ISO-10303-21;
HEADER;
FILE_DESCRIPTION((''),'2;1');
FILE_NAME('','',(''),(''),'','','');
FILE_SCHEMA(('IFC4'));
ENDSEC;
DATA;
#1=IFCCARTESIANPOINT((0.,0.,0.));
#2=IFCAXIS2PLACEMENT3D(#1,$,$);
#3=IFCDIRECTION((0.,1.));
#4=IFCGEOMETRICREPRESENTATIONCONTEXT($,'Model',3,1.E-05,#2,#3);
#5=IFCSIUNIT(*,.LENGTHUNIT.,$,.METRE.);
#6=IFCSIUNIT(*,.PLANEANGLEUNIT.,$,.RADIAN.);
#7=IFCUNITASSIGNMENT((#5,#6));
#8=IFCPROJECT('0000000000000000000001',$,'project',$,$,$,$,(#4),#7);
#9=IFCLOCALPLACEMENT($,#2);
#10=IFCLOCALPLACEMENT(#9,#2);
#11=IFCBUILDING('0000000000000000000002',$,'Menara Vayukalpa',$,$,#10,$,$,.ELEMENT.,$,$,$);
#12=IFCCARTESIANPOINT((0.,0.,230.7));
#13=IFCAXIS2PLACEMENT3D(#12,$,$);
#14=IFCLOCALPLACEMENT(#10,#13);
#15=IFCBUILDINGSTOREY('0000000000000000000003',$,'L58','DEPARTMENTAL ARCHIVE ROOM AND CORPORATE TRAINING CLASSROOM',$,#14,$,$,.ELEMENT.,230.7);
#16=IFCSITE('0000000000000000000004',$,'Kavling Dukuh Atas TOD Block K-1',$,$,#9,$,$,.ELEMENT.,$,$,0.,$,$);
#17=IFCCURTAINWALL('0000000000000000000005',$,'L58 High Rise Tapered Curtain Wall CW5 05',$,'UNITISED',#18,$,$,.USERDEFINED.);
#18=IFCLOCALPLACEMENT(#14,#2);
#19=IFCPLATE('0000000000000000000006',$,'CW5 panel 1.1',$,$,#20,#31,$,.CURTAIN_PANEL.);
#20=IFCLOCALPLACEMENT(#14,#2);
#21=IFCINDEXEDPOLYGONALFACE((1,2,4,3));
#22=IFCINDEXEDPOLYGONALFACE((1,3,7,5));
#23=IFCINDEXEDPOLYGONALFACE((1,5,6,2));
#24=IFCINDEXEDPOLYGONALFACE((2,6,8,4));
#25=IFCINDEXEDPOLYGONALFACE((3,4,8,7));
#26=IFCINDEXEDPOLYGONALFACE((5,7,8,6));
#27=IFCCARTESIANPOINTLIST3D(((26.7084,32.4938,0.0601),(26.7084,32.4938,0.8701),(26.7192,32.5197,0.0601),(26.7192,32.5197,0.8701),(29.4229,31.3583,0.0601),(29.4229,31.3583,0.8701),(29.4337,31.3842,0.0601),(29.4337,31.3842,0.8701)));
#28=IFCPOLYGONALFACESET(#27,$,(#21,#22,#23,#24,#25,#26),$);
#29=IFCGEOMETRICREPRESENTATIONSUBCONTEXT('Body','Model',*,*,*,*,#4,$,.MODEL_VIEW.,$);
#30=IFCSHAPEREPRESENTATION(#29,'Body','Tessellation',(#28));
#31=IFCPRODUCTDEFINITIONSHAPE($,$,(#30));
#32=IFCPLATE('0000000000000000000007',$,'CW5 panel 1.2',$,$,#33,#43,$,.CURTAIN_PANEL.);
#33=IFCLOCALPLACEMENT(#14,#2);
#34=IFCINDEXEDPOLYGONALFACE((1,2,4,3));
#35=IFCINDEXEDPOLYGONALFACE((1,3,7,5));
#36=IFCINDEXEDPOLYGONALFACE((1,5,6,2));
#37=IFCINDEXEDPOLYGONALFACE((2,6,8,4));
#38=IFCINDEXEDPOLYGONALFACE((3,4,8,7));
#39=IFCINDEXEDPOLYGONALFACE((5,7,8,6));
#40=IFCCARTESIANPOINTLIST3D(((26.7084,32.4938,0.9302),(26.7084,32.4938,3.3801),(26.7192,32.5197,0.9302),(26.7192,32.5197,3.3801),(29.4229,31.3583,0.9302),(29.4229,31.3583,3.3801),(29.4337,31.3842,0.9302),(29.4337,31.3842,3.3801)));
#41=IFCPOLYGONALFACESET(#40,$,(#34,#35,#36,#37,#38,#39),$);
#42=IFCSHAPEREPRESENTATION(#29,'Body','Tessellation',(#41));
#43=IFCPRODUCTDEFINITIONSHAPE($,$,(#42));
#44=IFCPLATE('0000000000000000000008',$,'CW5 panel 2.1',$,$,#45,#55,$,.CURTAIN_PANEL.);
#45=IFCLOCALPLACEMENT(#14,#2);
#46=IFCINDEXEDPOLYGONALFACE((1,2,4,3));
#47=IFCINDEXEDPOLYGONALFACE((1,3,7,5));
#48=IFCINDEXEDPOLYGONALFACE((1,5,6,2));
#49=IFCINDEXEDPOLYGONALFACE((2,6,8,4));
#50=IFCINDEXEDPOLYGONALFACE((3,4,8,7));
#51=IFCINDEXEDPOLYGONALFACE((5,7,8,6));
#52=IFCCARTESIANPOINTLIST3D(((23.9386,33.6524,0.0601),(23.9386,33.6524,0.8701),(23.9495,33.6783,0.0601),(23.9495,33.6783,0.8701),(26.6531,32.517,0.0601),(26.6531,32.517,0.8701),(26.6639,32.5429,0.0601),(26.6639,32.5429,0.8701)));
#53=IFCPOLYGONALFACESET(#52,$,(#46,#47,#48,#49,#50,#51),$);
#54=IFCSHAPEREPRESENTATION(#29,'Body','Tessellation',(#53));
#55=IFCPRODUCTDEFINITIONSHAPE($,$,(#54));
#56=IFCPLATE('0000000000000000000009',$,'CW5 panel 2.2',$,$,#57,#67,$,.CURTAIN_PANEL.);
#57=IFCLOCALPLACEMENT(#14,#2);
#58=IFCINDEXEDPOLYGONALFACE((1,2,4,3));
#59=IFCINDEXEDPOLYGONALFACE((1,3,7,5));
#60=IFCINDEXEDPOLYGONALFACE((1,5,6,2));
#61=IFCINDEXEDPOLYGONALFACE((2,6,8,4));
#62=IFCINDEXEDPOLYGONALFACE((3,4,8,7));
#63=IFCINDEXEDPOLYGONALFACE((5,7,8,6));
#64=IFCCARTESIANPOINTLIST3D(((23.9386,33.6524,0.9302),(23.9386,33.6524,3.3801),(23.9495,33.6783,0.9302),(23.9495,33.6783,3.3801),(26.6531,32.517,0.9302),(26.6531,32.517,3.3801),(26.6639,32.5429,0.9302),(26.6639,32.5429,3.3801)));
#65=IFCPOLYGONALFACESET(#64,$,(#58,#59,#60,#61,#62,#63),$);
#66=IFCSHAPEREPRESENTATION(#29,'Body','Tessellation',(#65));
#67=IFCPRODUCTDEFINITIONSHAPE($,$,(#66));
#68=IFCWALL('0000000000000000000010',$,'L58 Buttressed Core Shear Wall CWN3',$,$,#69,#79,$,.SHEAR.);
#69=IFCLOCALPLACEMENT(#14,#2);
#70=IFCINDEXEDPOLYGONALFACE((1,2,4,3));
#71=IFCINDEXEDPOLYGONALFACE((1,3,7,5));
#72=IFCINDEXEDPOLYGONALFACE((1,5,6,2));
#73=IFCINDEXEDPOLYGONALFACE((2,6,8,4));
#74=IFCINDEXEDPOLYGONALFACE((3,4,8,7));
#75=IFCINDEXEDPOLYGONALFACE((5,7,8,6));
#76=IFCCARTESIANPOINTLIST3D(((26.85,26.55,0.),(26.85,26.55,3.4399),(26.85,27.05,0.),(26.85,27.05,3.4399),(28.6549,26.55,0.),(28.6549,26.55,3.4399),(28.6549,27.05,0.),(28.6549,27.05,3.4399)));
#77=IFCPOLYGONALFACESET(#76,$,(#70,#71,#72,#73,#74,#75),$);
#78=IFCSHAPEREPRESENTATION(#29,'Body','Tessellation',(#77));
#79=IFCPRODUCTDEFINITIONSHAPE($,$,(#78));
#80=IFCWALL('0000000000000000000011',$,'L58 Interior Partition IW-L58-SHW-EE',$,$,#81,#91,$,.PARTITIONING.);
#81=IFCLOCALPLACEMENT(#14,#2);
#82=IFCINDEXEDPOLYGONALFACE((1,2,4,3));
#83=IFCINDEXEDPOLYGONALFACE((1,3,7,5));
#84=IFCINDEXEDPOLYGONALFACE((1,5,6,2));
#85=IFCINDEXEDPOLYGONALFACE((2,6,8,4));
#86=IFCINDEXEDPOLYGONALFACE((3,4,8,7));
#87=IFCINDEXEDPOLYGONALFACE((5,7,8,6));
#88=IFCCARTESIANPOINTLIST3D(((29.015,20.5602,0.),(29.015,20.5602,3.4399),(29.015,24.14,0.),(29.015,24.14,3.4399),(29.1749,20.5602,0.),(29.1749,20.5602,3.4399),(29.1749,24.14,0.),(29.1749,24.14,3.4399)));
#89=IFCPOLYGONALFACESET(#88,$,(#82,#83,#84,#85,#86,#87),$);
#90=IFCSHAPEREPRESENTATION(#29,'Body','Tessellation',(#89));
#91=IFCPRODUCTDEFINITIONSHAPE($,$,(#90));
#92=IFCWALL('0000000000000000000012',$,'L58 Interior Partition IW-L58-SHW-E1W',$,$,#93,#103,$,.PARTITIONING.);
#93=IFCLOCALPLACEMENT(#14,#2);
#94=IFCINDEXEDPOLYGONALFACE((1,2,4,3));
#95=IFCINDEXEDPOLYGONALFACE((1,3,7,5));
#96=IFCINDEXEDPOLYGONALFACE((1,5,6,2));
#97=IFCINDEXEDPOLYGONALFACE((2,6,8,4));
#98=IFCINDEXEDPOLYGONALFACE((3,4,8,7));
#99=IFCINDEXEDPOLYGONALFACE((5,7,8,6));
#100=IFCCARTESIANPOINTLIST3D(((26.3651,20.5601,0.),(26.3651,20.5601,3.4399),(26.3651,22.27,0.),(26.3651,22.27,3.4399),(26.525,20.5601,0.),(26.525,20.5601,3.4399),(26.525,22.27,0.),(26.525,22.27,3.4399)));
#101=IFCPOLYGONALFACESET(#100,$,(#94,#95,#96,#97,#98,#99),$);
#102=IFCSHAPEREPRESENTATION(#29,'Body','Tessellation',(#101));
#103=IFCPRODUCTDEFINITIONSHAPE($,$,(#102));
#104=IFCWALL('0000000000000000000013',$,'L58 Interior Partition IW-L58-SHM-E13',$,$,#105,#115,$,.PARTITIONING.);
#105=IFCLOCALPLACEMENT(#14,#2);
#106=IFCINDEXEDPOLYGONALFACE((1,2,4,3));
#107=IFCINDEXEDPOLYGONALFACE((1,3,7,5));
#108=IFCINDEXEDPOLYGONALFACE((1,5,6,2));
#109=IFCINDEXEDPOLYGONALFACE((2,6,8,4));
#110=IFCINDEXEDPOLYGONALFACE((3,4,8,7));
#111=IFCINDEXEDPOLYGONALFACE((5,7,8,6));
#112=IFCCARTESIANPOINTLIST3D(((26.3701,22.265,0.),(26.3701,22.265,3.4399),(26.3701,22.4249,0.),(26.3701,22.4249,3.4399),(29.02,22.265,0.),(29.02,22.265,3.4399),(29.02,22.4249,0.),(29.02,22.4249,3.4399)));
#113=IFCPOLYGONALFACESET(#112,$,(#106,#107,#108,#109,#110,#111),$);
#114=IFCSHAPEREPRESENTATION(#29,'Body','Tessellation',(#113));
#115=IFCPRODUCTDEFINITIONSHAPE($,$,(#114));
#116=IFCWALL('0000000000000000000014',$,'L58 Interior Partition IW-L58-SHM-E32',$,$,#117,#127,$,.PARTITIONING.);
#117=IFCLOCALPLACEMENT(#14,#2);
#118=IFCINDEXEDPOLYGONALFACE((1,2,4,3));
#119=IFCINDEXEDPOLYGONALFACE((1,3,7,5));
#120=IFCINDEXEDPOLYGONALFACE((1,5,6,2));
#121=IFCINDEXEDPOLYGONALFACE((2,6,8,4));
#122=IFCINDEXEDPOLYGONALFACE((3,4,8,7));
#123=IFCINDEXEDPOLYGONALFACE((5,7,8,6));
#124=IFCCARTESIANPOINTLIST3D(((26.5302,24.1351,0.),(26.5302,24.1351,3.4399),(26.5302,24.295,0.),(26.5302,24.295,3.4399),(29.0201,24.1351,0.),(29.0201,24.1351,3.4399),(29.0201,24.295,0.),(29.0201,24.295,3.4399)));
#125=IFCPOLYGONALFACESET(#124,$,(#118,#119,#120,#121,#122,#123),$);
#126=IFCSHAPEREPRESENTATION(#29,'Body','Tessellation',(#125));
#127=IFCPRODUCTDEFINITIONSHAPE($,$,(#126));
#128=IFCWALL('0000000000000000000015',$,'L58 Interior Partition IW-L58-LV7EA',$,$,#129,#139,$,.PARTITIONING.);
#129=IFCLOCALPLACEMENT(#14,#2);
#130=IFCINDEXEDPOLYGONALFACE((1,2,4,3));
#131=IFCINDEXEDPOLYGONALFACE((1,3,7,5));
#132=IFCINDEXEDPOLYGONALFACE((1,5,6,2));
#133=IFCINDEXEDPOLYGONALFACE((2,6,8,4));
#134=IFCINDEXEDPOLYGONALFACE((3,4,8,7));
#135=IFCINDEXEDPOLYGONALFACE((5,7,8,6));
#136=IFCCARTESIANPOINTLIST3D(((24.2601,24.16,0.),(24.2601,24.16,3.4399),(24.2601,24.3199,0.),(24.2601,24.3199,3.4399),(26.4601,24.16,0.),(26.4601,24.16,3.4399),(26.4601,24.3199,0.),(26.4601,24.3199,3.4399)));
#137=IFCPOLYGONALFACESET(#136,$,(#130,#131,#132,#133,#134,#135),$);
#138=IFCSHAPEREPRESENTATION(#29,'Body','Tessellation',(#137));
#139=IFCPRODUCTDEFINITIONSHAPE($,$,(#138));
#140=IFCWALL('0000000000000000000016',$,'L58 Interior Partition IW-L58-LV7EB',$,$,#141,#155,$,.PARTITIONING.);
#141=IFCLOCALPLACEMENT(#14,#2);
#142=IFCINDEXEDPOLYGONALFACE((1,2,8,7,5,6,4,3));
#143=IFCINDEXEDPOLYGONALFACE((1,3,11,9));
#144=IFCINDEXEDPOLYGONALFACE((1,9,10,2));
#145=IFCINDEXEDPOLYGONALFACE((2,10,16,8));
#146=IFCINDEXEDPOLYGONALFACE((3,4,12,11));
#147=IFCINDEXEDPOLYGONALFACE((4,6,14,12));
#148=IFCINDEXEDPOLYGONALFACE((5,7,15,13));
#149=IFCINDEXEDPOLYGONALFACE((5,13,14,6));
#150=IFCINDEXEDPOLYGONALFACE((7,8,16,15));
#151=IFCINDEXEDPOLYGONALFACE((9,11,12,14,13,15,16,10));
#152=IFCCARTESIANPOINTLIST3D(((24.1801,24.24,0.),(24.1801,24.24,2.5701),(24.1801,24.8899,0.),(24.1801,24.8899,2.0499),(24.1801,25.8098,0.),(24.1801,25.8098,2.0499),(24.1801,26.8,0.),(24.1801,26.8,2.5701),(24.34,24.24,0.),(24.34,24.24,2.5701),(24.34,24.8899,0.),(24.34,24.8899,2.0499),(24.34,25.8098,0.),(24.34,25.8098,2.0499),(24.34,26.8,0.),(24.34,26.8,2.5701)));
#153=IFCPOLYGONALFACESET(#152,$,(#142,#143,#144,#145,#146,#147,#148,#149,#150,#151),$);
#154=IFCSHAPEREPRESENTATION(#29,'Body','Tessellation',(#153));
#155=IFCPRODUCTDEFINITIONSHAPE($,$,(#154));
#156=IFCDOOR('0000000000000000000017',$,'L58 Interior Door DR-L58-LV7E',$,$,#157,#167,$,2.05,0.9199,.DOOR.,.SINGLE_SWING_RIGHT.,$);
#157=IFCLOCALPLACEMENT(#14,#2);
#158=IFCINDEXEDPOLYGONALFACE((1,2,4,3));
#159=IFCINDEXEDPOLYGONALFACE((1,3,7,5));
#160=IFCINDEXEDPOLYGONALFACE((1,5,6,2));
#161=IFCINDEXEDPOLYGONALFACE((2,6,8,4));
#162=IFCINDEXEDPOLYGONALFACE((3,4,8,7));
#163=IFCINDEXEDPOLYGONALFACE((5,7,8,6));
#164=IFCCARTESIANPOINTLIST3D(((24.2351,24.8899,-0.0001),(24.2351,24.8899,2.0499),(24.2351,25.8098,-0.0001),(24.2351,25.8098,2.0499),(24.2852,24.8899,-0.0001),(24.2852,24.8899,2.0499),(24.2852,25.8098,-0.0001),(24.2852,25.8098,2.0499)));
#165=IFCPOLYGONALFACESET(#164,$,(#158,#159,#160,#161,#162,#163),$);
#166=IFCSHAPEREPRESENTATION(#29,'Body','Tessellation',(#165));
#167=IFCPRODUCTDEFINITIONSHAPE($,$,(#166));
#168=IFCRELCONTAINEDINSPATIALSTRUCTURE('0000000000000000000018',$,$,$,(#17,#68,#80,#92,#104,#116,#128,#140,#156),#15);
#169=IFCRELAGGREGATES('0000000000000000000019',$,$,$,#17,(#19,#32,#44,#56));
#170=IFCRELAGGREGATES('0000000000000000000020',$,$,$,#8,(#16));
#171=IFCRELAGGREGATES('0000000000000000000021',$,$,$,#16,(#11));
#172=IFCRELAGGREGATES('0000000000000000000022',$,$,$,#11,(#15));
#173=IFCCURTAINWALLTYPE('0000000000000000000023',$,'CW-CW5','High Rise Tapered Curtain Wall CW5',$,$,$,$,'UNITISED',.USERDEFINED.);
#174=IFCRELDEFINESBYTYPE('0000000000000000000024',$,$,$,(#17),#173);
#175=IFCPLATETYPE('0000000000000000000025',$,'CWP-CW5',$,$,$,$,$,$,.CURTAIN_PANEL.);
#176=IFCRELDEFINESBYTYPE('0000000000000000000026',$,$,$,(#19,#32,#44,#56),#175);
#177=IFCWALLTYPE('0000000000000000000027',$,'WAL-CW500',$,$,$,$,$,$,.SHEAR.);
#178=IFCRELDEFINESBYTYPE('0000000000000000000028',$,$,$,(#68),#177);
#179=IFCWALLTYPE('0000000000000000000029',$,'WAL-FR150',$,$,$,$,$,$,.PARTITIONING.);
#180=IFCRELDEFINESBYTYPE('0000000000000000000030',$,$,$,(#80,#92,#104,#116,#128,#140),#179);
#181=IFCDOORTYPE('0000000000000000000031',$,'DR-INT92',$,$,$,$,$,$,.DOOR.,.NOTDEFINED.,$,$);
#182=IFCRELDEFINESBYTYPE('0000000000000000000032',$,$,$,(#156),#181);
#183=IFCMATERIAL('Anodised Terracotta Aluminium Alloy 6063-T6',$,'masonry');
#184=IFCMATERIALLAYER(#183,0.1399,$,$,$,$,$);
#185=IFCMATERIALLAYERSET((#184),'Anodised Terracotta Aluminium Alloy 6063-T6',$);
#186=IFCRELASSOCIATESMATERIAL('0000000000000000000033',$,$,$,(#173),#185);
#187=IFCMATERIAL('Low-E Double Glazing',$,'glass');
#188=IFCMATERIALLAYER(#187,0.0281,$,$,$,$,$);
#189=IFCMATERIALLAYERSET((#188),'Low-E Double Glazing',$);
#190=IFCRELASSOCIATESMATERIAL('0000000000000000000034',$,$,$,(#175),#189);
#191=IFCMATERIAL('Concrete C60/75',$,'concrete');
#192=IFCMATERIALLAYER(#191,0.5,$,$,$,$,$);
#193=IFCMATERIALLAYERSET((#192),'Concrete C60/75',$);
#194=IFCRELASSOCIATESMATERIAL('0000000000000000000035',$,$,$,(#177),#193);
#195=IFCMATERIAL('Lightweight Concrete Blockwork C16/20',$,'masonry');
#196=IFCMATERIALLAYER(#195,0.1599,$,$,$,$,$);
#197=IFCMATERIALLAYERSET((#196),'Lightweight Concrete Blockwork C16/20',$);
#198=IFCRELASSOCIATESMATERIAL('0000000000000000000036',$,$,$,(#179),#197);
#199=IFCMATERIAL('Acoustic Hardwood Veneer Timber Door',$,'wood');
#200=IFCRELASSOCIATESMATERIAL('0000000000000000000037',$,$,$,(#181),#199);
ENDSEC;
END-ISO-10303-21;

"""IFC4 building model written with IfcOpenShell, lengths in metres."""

from ifc_helpers import new_model, si_unit, direction, frame, frame_2d, origin, origin_2d, place, context, subcontext, project, spatial, rectangle, extrude, material, layer, layer_set, type_object, element, fill, aggregate, save


model = new_model("IFC4")

# Units and contexts
model_context = context("Model", 3, precision=1e-05, world=origin(), true_north=direction((0.0, 1.0)))
body_context = subcontext(model_context, "Body", "Model", "MODEL_VIEW")
ifc_project = project(units=[si_unit("LENGTHUNIT", "METRE"), si_unit("PLANEANGLEUNIT", "RADIAN")], contexts=[model_context])

# Site, building, storey
site_placement = place(None, origin())
site = spatial("IfcSite", under=ifc_project, at=site_placement, Name="Kavling Dukuh Atas TOD Block K-1", CompositionType="ELEMENT", RefElevation=0.0)
building_placement = place(site_placement, origin())
building = spatial("IfcBuilding", under=site, at=building_placement, Name="Menara Vayukalpa", CompositionType="ELEMENT")
storey_placement = place(building_placement, frame((0.0, 0.0, 230.7)))
storey = spatial("IfcBuildingStorey", under=building, at=storey_placement, Name="L58", Description="DEPARTMENTAL ARCHIVE ROOM AND CORPORATE TRAINING CLASSROOM", CompositionType="ELEMENT", Elevation=230.7)

# Shared definitions
ifc_material_1 = material(Name="Anodised Terracotta Aluminium Alloy 6063-T6", Category="masonry")
ifc_layer_1 = layer(ifc_material_1, 0.1399)
ifc_layer_set_1 = layer_set([ifc_layer_1], Name="Anodised Terracotta Aluminium Alloy 6063-T6")
curtain_wall_type = type_object("IfcCurtainWallType", Name="CW-CW5", Description="High Rise Tapered Curtain Wall CW5", ElementType="UNITISED", PredefinedType="USERDEFINED", material=ifc_layer_set_1)

# Curtain wall, plates
curtain_wall_1_placement = place(storey_placement, origin())
curtain_wall_1 = element("IfcCurtainWall", 1, at=curtain_wall_1_placement, inside=storey, type_object=curtain_wall_type, Name="L58 High Rise Tapered Curtain Wall CW5 05", ObjectType="UNITISED", PredefinedType="USERDEFINED")
ifc_material_2 = material(Name="Low-E Double Glazing", Category="glass")
ifc_layer_2 = layer(ifc_material_2, 0.0281)
ifc_layer_set_2 = layer_set([ifc_layer_2], Name="Low-E Double Glazing")
plate_type = type_object("IfcPlateType", Name="CWP-CW5", PredefinedType="CURTAIN_PANEL", material=ifc_layer_set_2)
plate_1_placement = place(storey_placement, frame((28.071, 31.939, 0.0601), z_axis=(0.0, 0.0, 1.0), x_axis=(-0.922539, 0.385903, 0.0)))
plate_1 = element("IfcPlate", 2, at=plate_1_placement, type_object=plate_type, Name="CW5 panel 1.1", PredefinedType="CURTAIN_PANEL", context=body_context, shape_type="SweptSolid", body=[
    extrude(rectangle(XDim=2.9424, YDim=0.0281, at=origin_2d()), origin(), (0.0, 0.0, 1.0), 0.8101),
])
plate_2_placement = place(storey_placement, frame((28.071, 31.939, 0.9302), z_axis=(0.0, 0.0, 1.0), x_axis=(-0.922539, 0.385903, 0.0)))
plate_2 = element("IfcPlate", 3, at=plate_2_placement, type_object=plate_type, Name="CW5 panel 1.2", PredefinedType="CURTAIN_PANEL", context=body_context, shape_type="SweptSolid", body=[
    extrude(rectangle(XDim=2.9424, YDim=0.0281, at=origin_2d()), origin(), (0.0, 0.0, 1.0), 2.45),
])
plate_3_placement = place(storey_placement, frame((25.3013, 33.0977, 0.0601), z_axis=(0.0, 0.0, 1.0), x_axis=(-0.922539, 0.385903, 0.0)))
plate_3 = element("IfcPlate", 4, at=plate_3_placement, type_object=plate_type, Name="CW5 panel 2.1", PredefinedType="CURTAIN_PANEL", context=body_context, shape_type="SweptSolid", body=[
    extrude(rectangle(XDim=2.9424, YDim=0.0281, at=origin_2d()), origin(), (0.0, 0.0, 1.0), 0.8101),
])
plate_4_placement = place(storey_placement, frame((25.3013, 33.0977, 0.9302), z_axis=(0.0, 0.0, 1.0), x_axis=(-0.922539, 0.385903, 0.0)))
plate_4 = element("IfcPlate", 5, at=plate_4_placement, type_object=plate_type, Name="CW5 panel 2.2", PredefinedType="CURTAIN_PANEL", context=body_context, shape_type="SweptSolid", body=[
    extrude(rectangle(XDim=2.9424, YDim=0.0281, at=origin_2d()), origin(), (0.0, 0.0, 1.0), 2.45),
])
aggregate(curtain_wall_1, [plate_1, plate_2, plate_3, plate_4])

# Walls
ifc_material_3 = material(Name="Concrete C60/75", Category="concrete")
ifc_layer_3 = layer(ifc_material_3, 0.5)
ifc_layer_set_3 = layer_set([ifc_layer_3], Name="Concrete C60/75")
wall_type_1 = type_object("IfcWallType", Name="WAL-CW500", PredefinedType="SHEAR", material=ifc_layer_set_3)
wall_1_placement = place(storey_placement, frame((26.8501, 26.8, 0.0), z_axis=(0.0, 0.0, 1.0), x_axis=(1.0, 0.0, 0.0)))
element("IfcWall", 6, at=wall_1_placement, inside=storey, type_object=wall_type_1, Name="L58 Buttressed Core Shear Wall CWN3", PredefinedType="SHEAR", context=body_context, shape_type="SweptSolid", body=[
    extrude(rectangle(XDim=1.8049, YDim=0.5, at=frame_2d((0.9023, 0.0))), origin(), (0.0, 0.0, 1.0), 3.4399),
])
ifc_material_4 = material(Name="Lightweight Concrete Blockwork C16/20", Category="masonry")
ifc_layer_4 = layer(ifc_material_4, 0.1599)
ifc_layer_set_4 = layer_set([ifc_layer_4], Name="Lightweight Concrete Blockwork C16/20")
wall_type_2 = type_object("IfcWallType", Name="WAL-FR150", PredefinedType="PARTITIONING", material=ifc_layer_set_4)
wall_2_placement = place(storey_placement, frame((29.095, 20.5601, 0.0), z_axis=(0.0, 0.0, 1.0), x_axis=(0.0, 1.0, 0.0)))
element("IfcWall", 7, at=wall_2_placement, inside=storey, type_object=wall_type_2, Name="L58 Interior Partition IW-L58-SHW-EE", PredefinedType="PARTITIONING", context=body_context, shape_type="SweptSolid", body=[
    extrude(rectangle(XDim=3.5798, YDim=0.1599, at=frame_2d((1.79, 0.0))), origin(), (0.0, 0.0, 1.0), 3.4399),
])
wall_3_placement = place(storey_placement, frame((26.4451, 20.5601, 0.0), z_axis=(0.0, 0.0, 1.0), x_axis=(0.0, 1.0, 0.0)))
element("IfcWall", 8, at=wall_3_placement, inside=storey, type_object=wall_type_2, Name="L58 Interior Partition IW-L58-SHW-E1W", PredefinedType="PARTITIONING", context=body_context, shape_type="SweptSolid", body=[
    extrude(rectangle(XDim=1.71, YDim=0.1599, at=frame_2d((0.855, 0.0))), origin(), (0.0, 0.0, 1.0), 3.4399),
])
wall_4_placement = place(storey_placement, frame((26.3701, 22.345, 0.0), z_axis=(0.0, 0.0, 1.0), x_axis=(1.0, 0.0, 0.0)))
element("IfcWall", 9, at=wall_4_placement, inside=storey, type_object=wall_type_2, Name="L58 Interior Partition IW-L58-SHM-E13", PredefinedType="PARTITIONING", context=body_context, shape_type="SweptSolid", body=[
    extrude(rectangle(XDim=2.6499, YDim=0.1599, at=frame_2d((1.325, 0.0))), origin(), (0.0, 0.0, 1.0), 3.4399),
])
wall_5_placement = place(storey_placement, frame((26.53, 24.2151, 0.0), z_axis=(0.0, 0.0, 1.0), x_axis=(1.0, 0.0, 0.0)))
element("IfcWall", 10, at=wall_5_placement, inside=storey, type_object=wall_type_2, Name="L58 Interior Partition IW-L58-SHM-E32", PredefinedType="PARTITIONING", context=body_context, shape_type="SweptSolid", body=[
    extrude(rectangle(XDim=2.49, YDim=0.1599, at=frame_2d((1.2451, 0.0))), origin(), (0.0, 0.0, 1.0), 3.4399),
])
wall_6_placement = place(storey_placement, frame((24.26, 24.24, 0.0), z_axis=(0.0, 0.0, 1.0), x_axis=(1.0, 0.0, 0.0)))
element("IfcWall", 11, at=wall_6_placement, inside=storey, type_object=wall_type_2, Name="L58 Interior Partition IW-L58-LV7EA", PredefinedType="PARTITIONING", context=body_context, shape_type="SweptSolid", body=[
    extrude(rectangle(XDim=2.2, YDim=0.1599, at=frame_2d((1.1001, 0.0))), origin(), (0.0, 0.0, 1.0), 3.4399),
])

# Wall, opening, door
wall_7_placement = place(storey_placement, frame((24.26, 24.24, 0.0), z_axis=(0.0, 0.0, 1.0), x_axis=(0.0, 1.0, 0.0)))
wall_7 = element("IfcWall", 12, at=wall_7_placement, inside=storey, type_object=wall_type_2, Name="L58 Interior Partition IW-L58-LV7EB", PredefinedType="PARTITIONING", context=body_context, shape_type="SweptSolid", body=[
    extrude(rectangle(XDim=2.5601, YDim=0.1599, at=frame_2d((1.28, 0.0))), origin(), (0.0, 0.0, 1.0), 2.5701),
])
opening_1_placement = place(wall_7_placement, frame((0.6499, 0.0, 0.0)))
opening_1 = element("IfcOpeningElement", 13, at=opening_1_placement, cuts=wall_7, PredefinedType="OPENING", context=body_context, shape_type="SweptSolid", body=[
    extrude(rectangle(XDim=0.9199, YDim=2.05, at=frame_2d((0.46, 1.0249))), frame((0.0, 0.0898, 0.0), z_axis=(0.0, -1.0, 0.0), x_axis=(1.0, 0.0, 0.0)), (0.0, 0.0, 1.0), 0.1799),
])
ifc_material_5 = material(Name="Acoustic Hardwood Veneer Timber Door", Category="wood")
door_type_1 = type_object("IfcDoorType", Name="DR-INT92", OperationType="NOTDEFINED", PredefinedType="DOOR", material=ifc_material_5)
door_1_placement = place(opening_1_placement, origin())
door_1 = element("IfcDoor", 14, at=door_1_placement, inside=storey, type_object=door_type_1, Name="L58 Interior Door DR-L58-LV7E", OperationType="SINGLE_SWING_RIGHT", OverallHeight=2.05, OverallWidth=0.9199, PredefinedType="DOOR", context=body_context, shape_type="SweptSolid", body=[
    extrude(rectangle(XDim=0.9199, YDim=2.05, at=frame_2d((0.46, 1.0249))), frame((0.0, 0.0249, 0.0), z_axis=(0.0, -1.0, 0.0), x_axis=(1.0, 0.0, 0.0)), (0.0, 0.0, 1.0), 0.05),
])
fill(opening_1, door_1)

save(model, "model.ifc")
